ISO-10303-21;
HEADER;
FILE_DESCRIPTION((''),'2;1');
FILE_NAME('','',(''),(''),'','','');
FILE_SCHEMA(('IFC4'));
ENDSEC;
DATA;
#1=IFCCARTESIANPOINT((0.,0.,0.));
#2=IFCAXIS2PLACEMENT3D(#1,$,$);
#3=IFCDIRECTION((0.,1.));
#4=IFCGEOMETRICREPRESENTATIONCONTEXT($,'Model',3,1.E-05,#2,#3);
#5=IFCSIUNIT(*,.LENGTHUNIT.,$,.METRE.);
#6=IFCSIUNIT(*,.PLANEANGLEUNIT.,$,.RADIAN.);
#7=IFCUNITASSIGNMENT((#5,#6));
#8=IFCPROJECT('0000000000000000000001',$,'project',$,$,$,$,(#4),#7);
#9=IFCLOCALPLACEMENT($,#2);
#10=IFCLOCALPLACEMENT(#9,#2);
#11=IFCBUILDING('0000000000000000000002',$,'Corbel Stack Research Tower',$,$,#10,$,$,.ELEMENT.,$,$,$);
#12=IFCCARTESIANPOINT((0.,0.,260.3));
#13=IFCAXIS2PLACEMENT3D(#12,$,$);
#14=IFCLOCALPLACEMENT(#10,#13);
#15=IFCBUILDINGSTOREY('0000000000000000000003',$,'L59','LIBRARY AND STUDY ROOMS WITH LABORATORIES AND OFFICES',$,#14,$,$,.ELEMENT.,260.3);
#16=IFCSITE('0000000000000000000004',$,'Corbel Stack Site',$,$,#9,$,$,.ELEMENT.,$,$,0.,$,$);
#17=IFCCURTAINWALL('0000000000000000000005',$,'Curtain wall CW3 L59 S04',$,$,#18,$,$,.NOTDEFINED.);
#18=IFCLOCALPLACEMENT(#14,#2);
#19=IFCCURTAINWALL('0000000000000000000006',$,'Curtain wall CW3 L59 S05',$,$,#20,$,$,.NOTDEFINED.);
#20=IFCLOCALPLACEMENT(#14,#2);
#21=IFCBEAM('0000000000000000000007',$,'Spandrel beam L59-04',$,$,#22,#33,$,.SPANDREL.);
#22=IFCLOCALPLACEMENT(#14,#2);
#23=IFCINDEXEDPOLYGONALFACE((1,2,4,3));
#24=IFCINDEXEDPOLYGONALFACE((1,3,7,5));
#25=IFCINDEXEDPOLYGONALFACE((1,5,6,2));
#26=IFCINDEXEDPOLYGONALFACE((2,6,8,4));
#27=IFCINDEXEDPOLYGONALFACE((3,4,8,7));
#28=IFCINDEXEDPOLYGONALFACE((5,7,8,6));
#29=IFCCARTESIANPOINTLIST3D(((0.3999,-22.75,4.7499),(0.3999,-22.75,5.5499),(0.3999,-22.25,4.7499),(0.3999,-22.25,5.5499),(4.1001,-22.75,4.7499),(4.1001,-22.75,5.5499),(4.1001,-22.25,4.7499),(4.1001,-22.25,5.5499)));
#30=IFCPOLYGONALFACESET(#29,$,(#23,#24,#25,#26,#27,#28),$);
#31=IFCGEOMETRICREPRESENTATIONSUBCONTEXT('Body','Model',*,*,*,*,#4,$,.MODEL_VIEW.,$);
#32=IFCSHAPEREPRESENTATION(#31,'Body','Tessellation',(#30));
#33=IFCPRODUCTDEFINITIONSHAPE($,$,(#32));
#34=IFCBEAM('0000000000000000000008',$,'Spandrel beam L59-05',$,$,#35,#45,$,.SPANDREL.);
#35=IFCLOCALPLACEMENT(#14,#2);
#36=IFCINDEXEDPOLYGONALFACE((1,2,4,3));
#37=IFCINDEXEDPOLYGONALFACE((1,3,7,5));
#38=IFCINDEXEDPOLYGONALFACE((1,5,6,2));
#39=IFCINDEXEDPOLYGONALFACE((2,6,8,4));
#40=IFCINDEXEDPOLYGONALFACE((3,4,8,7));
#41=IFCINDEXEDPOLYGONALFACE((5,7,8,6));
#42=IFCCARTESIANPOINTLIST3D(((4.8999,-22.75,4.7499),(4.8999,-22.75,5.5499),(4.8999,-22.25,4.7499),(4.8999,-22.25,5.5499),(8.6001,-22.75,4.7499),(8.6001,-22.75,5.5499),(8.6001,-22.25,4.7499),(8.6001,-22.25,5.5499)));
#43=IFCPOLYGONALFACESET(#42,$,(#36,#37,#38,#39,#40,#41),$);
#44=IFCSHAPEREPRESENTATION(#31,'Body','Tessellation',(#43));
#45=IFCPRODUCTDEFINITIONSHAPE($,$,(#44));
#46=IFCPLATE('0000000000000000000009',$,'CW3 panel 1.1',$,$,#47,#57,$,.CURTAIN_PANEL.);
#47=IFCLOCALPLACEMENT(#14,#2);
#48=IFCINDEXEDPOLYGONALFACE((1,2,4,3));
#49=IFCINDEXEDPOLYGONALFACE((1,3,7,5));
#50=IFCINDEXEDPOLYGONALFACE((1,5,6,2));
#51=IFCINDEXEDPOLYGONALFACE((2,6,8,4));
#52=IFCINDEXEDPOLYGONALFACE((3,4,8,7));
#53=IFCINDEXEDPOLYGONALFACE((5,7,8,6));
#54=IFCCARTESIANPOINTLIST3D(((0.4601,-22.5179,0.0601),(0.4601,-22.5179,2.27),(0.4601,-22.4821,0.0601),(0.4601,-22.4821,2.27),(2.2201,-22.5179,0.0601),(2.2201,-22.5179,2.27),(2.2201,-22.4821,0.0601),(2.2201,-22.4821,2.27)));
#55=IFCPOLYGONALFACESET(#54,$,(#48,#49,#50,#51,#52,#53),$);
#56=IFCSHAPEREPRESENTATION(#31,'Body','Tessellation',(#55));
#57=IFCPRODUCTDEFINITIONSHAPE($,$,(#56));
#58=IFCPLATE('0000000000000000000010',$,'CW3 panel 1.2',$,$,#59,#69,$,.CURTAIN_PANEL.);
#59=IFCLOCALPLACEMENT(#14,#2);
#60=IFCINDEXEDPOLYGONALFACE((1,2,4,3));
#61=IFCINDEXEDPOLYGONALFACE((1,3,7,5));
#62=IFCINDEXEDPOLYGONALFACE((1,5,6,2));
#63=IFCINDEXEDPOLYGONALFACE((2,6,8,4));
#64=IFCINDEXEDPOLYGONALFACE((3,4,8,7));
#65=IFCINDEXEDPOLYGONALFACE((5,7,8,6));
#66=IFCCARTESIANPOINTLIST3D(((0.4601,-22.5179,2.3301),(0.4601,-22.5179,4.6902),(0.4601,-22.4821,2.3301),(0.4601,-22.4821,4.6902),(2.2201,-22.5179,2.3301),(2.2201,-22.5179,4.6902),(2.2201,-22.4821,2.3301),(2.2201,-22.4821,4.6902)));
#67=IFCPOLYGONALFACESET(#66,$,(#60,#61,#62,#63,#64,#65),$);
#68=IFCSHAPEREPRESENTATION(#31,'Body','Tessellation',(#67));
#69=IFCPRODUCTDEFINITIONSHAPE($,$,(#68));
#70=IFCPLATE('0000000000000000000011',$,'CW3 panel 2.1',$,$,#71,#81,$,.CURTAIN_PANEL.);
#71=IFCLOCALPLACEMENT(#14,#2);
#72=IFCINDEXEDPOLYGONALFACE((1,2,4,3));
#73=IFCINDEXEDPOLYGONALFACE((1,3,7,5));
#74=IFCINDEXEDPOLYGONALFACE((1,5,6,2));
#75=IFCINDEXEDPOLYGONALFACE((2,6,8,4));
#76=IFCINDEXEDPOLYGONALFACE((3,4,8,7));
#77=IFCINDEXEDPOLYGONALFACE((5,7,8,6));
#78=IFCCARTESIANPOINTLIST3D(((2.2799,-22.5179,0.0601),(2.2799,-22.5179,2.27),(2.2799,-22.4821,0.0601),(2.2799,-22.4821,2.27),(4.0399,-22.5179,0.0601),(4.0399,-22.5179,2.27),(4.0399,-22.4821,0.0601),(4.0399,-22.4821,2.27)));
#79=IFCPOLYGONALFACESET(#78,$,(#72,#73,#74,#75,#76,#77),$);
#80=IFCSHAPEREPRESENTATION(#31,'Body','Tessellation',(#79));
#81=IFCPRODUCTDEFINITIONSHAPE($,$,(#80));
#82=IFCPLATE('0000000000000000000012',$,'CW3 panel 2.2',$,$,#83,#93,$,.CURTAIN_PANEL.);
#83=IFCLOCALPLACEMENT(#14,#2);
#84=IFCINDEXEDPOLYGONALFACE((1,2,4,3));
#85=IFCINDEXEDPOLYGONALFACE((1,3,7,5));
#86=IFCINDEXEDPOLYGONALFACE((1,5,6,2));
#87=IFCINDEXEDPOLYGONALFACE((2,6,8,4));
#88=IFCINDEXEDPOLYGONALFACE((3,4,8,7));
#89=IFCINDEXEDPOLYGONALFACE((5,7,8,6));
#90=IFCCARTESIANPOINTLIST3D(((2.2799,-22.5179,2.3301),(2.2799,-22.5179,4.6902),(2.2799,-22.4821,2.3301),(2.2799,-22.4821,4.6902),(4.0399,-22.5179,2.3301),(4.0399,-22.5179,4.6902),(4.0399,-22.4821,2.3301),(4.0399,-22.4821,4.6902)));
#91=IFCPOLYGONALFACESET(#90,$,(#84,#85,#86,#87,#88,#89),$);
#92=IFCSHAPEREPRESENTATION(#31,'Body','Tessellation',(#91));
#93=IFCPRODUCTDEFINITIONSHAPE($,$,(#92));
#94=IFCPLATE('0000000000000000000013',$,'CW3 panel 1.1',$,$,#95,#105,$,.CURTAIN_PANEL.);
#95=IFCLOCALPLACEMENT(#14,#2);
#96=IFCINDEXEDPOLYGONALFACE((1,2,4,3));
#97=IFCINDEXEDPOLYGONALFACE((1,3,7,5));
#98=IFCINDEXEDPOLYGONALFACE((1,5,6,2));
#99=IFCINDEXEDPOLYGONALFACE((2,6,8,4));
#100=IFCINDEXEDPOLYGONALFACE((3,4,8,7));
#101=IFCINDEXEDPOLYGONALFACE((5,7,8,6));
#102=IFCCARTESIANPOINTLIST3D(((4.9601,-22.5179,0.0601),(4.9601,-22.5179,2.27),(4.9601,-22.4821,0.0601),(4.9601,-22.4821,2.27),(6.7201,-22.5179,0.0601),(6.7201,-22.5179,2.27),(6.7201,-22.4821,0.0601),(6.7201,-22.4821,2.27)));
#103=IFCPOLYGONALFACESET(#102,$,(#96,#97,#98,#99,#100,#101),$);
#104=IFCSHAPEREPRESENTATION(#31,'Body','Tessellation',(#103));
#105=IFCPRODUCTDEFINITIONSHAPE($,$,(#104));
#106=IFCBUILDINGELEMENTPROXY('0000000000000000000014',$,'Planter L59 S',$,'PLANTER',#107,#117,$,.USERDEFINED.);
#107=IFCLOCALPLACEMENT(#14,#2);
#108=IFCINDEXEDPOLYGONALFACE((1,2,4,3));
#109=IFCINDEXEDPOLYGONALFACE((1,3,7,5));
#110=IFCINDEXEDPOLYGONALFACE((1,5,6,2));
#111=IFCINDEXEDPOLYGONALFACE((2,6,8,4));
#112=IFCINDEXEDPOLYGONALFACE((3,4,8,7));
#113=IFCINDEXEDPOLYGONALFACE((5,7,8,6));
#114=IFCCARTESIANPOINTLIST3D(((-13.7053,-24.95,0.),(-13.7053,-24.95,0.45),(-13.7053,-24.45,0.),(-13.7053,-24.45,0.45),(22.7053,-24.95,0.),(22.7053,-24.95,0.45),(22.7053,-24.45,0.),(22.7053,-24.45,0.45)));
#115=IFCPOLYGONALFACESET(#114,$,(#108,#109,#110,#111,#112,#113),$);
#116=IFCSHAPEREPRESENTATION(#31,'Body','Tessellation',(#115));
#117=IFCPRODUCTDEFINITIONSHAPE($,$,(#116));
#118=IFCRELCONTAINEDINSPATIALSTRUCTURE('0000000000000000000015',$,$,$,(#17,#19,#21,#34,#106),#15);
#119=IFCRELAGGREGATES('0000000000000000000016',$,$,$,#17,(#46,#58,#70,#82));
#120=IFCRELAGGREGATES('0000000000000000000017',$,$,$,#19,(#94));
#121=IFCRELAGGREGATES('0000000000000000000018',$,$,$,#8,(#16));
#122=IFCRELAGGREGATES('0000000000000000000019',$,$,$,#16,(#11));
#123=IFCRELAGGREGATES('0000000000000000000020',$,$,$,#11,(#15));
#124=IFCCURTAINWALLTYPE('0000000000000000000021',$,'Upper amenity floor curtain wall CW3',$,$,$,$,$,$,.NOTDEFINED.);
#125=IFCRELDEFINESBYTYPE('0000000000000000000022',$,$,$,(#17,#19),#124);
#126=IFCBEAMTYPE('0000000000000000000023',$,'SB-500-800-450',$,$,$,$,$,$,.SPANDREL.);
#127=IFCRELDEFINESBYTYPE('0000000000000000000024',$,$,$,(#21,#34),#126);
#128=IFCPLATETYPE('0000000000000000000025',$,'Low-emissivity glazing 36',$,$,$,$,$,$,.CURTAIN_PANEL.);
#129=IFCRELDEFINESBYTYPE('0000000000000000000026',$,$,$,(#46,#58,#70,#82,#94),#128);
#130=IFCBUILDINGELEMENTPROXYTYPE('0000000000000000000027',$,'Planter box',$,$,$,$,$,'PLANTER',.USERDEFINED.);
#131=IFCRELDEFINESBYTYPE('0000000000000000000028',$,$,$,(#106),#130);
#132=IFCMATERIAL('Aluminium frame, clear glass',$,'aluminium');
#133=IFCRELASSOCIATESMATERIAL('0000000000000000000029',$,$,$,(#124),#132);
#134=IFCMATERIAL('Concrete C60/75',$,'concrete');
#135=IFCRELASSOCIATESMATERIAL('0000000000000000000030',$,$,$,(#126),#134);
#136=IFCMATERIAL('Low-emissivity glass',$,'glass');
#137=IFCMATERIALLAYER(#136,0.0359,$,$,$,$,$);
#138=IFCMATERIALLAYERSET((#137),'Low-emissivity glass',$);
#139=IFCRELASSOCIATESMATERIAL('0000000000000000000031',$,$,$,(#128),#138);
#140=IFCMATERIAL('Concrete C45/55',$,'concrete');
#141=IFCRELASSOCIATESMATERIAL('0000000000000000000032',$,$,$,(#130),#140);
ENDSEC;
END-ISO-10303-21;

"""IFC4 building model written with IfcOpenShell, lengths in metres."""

from ifc_helpers import new_model, si_unit, direction, frame, origin, origin_2d, place, context, subcontext, project, spatial, rectangle, extrude, material, layer, layer_set, material_profile, profile_set, type_object, element, aggregate, save


model = new_model("IFC4")

# Units and contexts
model_context = context("Model", 3, precision=1e-05, world=origin(), true_north=direction((0.0, 1.0)))
body_context = subcontext(model_context, "Body", "Model", "MODEL_VIEW")
ifc_project = project(units=[si_unit("LENGTHUNIT", "METRE"), si_unit("PLANEANGLEUNIT", "RADIAN")], contexts=[model_context])

# Site, building, storey
site_placement = place(None, origin())
site = spatial("IfcSite", under=ifc_project, at=site_placement, Name="Corbel Stack Site", CompositionType="ELEMENT", RefElevation=0.0)
building_placement = place(site_placement, origin())
building = spatial("IfcBuilding", under=site, at=building_placement, Name="Corbel Stack Research Tower", CompositionType="ELEMENT")
storey_placement = place(building_placement, frame((0.0, 0.0, 260.3)))
storey = spatial("IfcBuildingStorey", under=building, at=storey_placement, Name="L59", Description="LIBRARY AND STUDY ROOMS WITH LABORATORIES AND OFFICES", CompositionType="ELEMENT", Elevation=260.3)

# Curtain wall
ifc_material_1 = material(Name="Aluminium frame, clear glass", Category="aluminium")
curtain_wall_type = type_object("IfcCurtainWallType", Name="Upper amenity floor curtain wall CW3", PredefinedType="NOTDEFINED", material=ifc_material_1)
curtain_wall_1_placement = place(storey_placement, origin())
curtain_wall_1 = element("IfcCurtainWall", 1, at=curtain_wall_1_placement, inside=storey, type_object=curtain_wall_type, Name="Curtain wall CW3 L59 S04", PredefinedType="NOTDEFINED")

# Curtain wall
curtain_wall_2_placement = place(storey_placement, origin())
curtain_wall_2 = element("IfcCurtainWall", 2, at=curtain_wall_2_placement, inside=storey, type_object=curtain_wall_type, Name="Curtain wall CW3 L59 S05", PredefinedType="NOTDEFINED")

# Beams
ifc_material_2 = material(Name="Concrete C60/75", Category="concrete")
ifc_material_profile_1 = material_profile(ifc_material_2, rectangle(XDim=0.5, YDim=0.8, at=origin_2d()), Name="RC 500 x 800")
ifc_profile_set_1 = profile_set([ifc_material_profile_1], Name="Concrete C60/75")
beam_type = type_object("IfcBeamType", Name="SB-500-800-450", PredefinedType="SPANDREL", material=ifc_profile_set_1)
for number, where, z_axis, x_axis, name in (
    (3, (0.3999, -22.5, 5.1499), (1.0, 0.0, 0.0), (0.0, 1.0, 0.0), "Spandrel beam L59-04"),
    (4, (4.8999, -22.5, 5.1499), (1.0, 0.0, 0.0), (0.0, 1.0, 0.0), "Spandrel beam L59-05"),
):
    element("IfcBeam", number, at=place(storey_placement, frame(where, z_axis=z_axis, x_axis=x_axis)), inside=storey, type_object=beam_type, Name=name, PredefinedType="SPANDREL", context=body_context, shape_type="SweptSolid", body=[
        extrude(rectangle(XDim=0.5, YDim=0.8, at=origin_2d()), origin(), (0.0, 0.0, 1.0), 3.7002),
    ])

# Plates
ifc_material_3 = material(Name="Low-emissivity glass", Category="glass")
ifc_layer = layer(ifc_material_3, 0.0359)
ifc_layer_set = layer_set([ifc_layer], Name="Low-emissivity glass")
plate_type = type_object("IfcPlateType", Name="Low-emissivity glazing 36", PredefinedType="CURTAIN_PANEL", material=ifc_layer_set)
plate_1_placement = place(storey_placement, frame((1.3401, -22.5, 0.0601), z_axis=(0.0, 0.0, 1.0), x_axis=(1.0, 0.0, 0.0)))
plate_1 = element("IfcPlate", 5, at=plate_1_placement, type_object=plate_type, Name="CW3 panel 1.1", PredefinedType="CURTAIN_PANEL", context=body_context, shape_type="SweptSolid", body=[
    extrude(rectangle(XDim=1.76, YDim=0.0359, at=origin_2d()), origin(), (0.0, 0.0, 1.0), 2.21),
])
plate_2_placement = place(storey_placement, frame((1.3401, -22.5, 2.3301), z_axis=(0.0, 0.0, 1.0), x_axis=(1.0, 0.0, 0.0)))
plate_2 = element("IfcPlate", 6, at=plate_2_placement, type_object=plate_type, Name="CW3 panel 1.2", PredefinedType="CURTAIN_PANEL", context=body_context, shape_type="SweptSolid", body=[
    extrude(rectangle(XDim=1.76, YDim=0.0359, at=origin_2d()), origin(), (0.0, 0.0, 1.0), 2.3601),
])
plate_3_placement = place(storey_placement, frame((3.1599, -22.5, 0.0601), z_axis=(0.0, 0.0, 1.0), x_axis=(1.0, 0.0, 0.0)))
plate_3 = element("IfcPlate", 7, at=plate_3_placement, type_object=plate_type, Name="CW3 panel 2.1", PredefinedType="CURTAIN_PANEL", context=body_context, shape_type="SweptSolid", body=[
    extrude(rectangle(XDim=1.76, YDim=0.0359, at=origin_2d()), origin(), (0.0, 0.0, 1.0), 2.21),
])
plate_4_placement = place(storey_placement, frame((3.1599, -22.5, 2.3301), z_axis=(0.0, 0.0, 1.0), x_axis=(1.0, 0.0, 0.0)))
plate_4 = element("IfcPlate", 8, at=plate_4_placement, type_object=plate_type, Name="CW3 panel 2.2", PredefinedType="CURTAIN_PANEL", context=body_context, shape_type="SweptSolid", body=[
    extrude(rectangle(XDim=1.76, YDim=0.0359, at=origin_2d()), origin(), (0.0, 0.0, 1.0), 2.3601),
])
aggregate(curtain_wall_1, [plate_1, plate_2, plate_3, plate_4])
plate_5_placement = place(storey_placement, frame((5.8401, -22.5, 0.0601), z_axis=(0.0, 0.0, 1.0), x_axis=(1.0, 0.0, 0.0)))
plate_5 = element("IfcPlate", 9, at=plate_5_placement, type_object=plate_type, Name="CW3 panel 1.1", PredefinedType="CURTAIN_PANEL", context=body_context, shape_type="SweptSolid", body=[
    extrude(rectangle(XDim=1.76, YDim=0.0359, at=origin_2d()), origin(), (0.0, 0.0, 1.0), 2.21),
])
aggregate(curtain_wall_2, [plate_5])

# Building element proxy
ifc_material_4 = material(Name="Concrete C45/55", Category="concrete")
building_element_proxy_type = type_object("IfcBuildingElementProxyType", Name="Planter box", ElementType="PLANTER", PredefinedType="USERDEFINED", material=ifc_material_4)
proxy_placement = place(storey_placement, frame((4.5, -24.7, 0.0), z_axis=(0.0, 0.0, 1.0), x_axis=(1.0, 0.0, 0.0)))
element("IfcBuildingElementProxy", 10, at=proxy_placement, inside=storey, type_object=building_element_proxy_type, Name="Planter L59 S", ObjectType="PLANTER", PredefinedType="USERDEFINED", context=body_context, shape_type="SweptSolid", body=[
    extrude(rectangle(XDim=36.4106, YDim=0.5, at=origin_2d()), origin(), (0.0, 0.0, 1.0), 0.45),
])

save(model, "model.ifc")
